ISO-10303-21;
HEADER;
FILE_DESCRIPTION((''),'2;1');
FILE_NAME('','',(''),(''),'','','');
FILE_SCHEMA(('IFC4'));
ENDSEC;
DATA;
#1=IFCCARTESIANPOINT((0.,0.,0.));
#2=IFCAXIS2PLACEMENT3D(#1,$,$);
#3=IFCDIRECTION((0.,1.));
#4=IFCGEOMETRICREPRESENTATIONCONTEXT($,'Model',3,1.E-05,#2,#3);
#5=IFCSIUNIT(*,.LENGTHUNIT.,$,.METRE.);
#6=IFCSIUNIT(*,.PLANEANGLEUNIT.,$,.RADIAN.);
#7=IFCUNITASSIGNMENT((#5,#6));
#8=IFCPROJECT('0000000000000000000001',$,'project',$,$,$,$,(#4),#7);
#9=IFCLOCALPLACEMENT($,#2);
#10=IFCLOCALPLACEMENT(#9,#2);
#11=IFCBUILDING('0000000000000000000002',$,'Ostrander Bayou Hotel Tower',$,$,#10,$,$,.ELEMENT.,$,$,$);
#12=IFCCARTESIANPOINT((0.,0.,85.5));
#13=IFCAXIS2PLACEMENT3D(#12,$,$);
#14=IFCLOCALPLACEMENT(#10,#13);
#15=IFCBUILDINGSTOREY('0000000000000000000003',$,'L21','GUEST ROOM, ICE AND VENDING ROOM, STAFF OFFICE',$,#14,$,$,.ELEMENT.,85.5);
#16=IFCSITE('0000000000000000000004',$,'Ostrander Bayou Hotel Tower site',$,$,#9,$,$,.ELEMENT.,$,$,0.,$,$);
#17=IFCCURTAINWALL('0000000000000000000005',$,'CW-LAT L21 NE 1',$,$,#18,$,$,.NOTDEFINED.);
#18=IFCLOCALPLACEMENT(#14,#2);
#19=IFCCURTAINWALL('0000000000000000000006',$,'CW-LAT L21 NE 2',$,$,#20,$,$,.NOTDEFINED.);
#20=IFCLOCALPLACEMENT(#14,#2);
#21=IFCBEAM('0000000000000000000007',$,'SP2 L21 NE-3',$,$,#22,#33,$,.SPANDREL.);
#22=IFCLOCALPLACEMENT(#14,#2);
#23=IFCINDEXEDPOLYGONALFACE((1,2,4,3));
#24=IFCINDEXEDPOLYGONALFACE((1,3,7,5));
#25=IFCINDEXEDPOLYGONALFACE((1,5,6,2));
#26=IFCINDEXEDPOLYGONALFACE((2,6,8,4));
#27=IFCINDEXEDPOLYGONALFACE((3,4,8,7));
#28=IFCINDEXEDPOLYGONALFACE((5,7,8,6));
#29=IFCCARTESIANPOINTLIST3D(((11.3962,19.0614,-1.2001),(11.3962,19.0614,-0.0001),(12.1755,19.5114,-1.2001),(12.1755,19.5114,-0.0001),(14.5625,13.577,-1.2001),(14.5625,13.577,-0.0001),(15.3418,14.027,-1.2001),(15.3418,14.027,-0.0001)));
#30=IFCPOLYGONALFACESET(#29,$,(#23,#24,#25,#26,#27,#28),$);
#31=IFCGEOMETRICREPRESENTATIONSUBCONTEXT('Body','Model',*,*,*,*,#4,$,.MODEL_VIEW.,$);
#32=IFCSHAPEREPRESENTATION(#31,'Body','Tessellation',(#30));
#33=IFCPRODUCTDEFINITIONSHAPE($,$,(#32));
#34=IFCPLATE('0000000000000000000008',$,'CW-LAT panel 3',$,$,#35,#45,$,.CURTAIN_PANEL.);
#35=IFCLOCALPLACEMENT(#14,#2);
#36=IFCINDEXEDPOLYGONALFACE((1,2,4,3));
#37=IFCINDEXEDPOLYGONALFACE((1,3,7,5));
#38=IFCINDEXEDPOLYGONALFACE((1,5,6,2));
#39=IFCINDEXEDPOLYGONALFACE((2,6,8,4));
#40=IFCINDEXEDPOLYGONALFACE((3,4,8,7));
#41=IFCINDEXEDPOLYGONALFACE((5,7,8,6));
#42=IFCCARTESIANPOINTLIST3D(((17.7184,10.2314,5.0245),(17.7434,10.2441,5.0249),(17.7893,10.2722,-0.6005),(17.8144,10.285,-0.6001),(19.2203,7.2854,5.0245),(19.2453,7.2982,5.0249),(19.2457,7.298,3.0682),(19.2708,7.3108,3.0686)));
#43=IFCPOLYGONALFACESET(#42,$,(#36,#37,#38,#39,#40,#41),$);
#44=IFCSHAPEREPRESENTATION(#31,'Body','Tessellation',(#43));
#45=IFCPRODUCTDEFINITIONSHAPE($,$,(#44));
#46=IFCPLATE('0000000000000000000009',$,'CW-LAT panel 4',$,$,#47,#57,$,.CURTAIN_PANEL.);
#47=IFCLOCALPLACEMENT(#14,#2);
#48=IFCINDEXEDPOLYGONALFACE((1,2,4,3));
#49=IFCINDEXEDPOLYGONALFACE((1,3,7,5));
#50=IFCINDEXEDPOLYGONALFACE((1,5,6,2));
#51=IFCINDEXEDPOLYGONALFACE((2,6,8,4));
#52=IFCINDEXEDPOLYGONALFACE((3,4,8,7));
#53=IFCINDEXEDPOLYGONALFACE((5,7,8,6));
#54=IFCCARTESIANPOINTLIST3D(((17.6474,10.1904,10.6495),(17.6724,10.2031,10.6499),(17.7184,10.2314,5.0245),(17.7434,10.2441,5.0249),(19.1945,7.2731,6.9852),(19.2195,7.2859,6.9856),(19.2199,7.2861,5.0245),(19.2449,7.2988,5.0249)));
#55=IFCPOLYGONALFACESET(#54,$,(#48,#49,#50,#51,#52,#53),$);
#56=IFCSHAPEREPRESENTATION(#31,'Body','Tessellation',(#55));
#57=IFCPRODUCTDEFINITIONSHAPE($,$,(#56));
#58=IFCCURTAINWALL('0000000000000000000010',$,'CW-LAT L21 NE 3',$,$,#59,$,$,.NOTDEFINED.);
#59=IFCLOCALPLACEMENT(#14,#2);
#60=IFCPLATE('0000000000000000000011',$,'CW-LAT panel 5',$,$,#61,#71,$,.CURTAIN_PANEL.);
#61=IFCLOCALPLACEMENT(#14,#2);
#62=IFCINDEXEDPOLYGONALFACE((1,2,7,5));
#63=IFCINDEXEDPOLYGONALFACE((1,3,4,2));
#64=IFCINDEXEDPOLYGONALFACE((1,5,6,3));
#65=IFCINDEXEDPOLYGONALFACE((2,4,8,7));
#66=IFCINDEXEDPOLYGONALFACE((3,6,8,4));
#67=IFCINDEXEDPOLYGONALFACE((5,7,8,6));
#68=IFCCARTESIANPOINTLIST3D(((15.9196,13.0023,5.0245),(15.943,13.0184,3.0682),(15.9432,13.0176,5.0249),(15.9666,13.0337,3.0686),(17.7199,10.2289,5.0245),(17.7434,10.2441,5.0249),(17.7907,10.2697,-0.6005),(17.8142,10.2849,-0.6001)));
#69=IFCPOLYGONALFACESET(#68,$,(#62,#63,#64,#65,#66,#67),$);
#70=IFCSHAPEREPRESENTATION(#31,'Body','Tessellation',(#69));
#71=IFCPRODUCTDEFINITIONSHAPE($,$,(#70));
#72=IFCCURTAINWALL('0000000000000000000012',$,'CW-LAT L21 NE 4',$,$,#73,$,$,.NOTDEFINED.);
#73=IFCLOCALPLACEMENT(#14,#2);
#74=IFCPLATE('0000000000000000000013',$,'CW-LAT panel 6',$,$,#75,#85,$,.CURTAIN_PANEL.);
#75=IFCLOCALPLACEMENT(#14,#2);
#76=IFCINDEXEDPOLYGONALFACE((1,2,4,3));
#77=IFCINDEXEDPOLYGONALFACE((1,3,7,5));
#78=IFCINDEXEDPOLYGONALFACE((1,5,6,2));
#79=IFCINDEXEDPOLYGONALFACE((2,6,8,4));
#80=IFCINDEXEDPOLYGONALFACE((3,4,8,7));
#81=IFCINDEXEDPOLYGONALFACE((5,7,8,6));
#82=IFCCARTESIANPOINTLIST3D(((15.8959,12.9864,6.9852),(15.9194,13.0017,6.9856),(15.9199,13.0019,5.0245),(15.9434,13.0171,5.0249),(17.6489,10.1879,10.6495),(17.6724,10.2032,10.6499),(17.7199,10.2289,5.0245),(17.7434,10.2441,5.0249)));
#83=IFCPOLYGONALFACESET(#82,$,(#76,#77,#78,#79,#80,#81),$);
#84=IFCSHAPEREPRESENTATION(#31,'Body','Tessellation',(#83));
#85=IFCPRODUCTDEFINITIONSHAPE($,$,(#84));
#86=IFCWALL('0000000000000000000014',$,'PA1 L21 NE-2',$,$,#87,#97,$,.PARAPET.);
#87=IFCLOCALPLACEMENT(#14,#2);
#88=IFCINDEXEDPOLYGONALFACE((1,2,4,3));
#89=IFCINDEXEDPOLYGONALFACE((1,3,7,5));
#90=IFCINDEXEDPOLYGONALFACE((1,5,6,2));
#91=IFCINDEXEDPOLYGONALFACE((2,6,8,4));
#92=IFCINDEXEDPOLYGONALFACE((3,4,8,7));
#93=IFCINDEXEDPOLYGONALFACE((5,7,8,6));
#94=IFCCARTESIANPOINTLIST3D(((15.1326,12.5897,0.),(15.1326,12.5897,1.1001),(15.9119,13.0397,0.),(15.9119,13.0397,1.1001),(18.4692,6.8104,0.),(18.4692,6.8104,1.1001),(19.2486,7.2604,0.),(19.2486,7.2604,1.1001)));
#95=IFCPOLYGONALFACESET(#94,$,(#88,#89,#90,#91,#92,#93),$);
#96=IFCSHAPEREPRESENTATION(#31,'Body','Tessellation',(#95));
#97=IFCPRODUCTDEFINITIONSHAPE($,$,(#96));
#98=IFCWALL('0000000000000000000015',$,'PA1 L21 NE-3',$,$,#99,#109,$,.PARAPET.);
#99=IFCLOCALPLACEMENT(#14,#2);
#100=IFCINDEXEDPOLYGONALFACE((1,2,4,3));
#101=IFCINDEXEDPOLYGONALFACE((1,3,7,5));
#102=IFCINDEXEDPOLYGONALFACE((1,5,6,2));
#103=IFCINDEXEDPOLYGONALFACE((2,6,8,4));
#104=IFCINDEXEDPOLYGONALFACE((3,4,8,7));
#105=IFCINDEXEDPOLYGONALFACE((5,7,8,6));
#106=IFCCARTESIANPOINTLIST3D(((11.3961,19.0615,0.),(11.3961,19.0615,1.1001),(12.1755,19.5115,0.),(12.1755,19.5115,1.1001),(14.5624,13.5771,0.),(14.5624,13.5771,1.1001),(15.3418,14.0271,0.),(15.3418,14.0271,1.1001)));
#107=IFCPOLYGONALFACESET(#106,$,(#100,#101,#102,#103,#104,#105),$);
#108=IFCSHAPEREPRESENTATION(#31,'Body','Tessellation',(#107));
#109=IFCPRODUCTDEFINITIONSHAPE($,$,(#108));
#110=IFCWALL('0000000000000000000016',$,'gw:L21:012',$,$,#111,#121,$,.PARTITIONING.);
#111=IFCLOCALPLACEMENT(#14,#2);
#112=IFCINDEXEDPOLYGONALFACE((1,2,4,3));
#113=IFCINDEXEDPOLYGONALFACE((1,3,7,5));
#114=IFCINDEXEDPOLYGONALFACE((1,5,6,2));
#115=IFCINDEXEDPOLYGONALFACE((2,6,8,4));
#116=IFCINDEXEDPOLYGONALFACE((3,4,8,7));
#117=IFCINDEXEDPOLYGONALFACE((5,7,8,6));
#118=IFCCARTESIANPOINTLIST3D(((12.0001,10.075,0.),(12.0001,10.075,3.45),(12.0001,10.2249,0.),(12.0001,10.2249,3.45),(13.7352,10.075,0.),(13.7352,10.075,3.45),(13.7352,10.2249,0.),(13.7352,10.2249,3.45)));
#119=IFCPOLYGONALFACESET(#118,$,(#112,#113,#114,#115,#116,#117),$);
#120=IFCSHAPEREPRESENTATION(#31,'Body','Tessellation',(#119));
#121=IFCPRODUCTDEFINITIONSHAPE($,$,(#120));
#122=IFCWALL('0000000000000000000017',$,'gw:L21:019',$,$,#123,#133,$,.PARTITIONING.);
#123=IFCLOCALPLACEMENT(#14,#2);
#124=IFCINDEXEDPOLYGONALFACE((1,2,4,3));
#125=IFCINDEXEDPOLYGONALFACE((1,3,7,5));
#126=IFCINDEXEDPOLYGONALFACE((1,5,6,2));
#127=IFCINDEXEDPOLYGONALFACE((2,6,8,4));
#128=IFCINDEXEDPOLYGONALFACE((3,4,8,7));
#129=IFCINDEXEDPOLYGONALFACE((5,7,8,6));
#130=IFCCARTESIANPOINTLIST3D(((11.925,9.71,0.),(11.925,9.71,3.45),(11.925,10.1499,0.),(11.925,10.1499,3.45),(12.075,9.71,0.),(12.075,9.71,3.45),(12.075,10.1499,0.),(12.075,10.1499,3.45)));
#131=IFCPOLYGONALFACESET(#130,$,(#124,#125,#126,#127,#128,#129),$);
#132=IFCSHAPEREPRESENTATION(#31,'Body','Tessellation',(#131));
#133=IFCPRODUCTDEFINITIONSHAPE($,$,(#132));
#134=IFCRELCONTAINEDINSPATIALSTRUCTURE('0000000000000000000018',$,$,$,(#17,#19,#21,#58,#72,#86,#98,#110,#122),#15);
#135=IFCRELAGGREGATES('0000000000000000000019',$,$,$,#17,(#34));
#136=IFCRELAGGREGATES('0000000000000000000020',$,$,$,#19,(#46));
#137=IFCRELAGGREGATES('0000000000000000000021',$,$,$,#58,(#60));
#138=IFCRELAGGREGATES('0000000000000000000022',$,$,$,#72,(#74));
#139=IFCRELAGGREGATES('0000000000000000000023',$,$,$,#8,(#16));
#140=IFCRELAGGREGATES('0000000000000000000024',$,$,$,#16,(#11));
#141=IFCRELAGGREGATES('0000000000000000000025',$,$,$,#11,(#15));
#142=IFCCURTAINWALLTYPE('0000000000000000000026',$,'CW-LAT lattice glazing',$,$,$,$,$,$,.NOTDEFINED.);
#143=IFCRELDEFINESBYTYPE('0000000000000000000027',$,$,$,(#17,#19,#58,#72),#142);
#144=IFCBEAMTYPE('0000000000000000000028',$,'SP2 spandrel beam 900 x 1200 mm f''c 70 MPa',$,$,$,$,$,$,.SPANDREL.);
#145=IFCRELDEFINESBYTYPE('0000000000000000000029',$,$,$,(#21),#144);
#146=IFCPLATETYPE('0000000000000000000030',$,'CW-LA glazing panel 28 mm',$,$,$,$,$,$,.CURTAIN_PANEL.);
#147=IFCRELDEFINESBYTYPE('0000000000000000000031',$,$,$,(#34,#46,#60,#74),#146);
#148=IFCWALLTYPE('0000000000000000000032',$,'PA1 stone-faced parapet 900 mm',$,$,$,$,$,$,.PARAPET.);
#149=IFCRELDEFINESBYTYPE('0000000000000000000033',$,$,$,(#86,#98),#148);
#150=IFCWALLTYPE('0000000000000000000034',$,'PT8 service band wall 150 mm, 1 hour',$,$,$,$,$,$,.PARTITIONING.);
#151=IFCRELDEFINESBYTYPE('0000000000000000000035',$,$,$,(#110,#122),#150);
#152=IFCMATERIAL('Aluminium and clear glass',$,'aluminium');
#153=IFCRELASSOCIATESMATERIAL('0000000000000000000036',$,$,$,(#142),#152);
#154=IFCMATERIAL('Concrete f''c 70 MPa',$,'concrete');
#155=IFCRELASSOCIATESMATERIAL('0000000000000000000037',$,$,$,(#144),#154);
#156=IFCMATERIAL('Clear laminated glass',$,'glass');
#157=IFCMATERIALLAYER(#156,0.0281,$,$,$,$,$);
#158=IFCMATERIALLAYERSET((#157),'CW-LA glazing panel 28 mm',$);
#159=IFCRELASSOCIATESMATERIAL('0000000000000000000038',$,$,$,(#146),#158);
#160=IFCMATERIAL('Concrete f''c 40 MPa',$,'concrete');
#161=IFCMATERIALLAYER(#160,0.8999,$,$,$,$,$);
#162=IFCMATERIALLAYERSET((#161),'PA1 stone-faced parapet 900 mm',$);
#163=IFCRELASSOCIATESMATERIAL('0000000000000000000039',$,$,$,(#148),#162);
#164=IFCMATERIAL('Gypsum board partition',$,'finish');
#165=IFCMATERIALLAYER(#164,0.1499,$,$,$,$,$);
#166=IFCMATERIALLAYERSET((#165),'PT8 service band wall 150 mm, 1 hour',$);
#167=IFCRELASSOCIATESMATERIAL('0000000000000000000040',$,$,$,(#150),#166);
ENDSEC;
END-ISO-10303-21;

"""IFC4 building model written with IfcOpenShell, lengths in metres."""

from ifc_helpers import new_model, si_unit, direction, frame, frame_2d, origin, origin_2d, place, context, subcontext, project, spatial, polyline, rectangle, outline, extrude, material, layer, layer_set, material_profile, profile_set, type_object, element, aggregate, save


model = new_model("IFC4")

# Units and contexts
model_context = context("Model", 3, precision=1e-05, world=origin(), true_north=direction((0.0, 1.0)))
body_context = subcontext(model_context, "Body", "Model", "MODEL_VIEW")
ifc_project = project(units=[si_unit("LENGTHUNIT", "METRE"), si_unit("PLANEANGLEUNIT", "RADIAN")], contexts=[model_context])

# Site, building, storey
site_placement = place(None, origin())
site = spatial("IfcSite", under=ifc_project, at=site_placement, Name="Ostrander Bayou Hotel Tower site", CompositionType="ELEMENT", RefElevation=0.0)
building_placement = place(site_placement, origin())
building = spatial("IfcBuilding", under=site, at=building_placement, Name="Ostrander Bayou Hotel Tower", CompositionType="ELEMENT")
storey_placement = place(building_placement, frame((0.0, 0.0, 85.5)))
storey = spatial("IfcBuildingStorey", under=building, at=storey_placement, Name="L21", Description="GUEST ROOM, ICE AND VENDING ROOM, STAFF OFFICE", CompositionType="ELEMENT", Elevation=85.5)

# Curtain walls
ifc_material_1 = material(Name="Aluminium and clear glass", Category="aluminium")
curtain_wall_type = type_object("IfcCurtainWallType", Name="CW-LAT lattice glazing", PredefinedType="NOTDEFINED", material=ifc_material_1)
curtain_wall_1_placement = place(storey_placement, origin())
curtain_wall_1 = element("IfcCurtainWall", 1, at=curtain_wall_1_placement, inside=storey, type_object=curtain_wall_type, Name="CW-LAT L21 NE 1", PredefinedType="NOTDEFINED")
curtain_wall_2_placement = place(storey_placement, origin())
curtain_wall_2 = element("IfcCurtainWall", 2, at=curtain_wall_2_placement, inside=storey, type_object=curtain_wall_type, Name="CW-LAT L21 NE 2", PredefinedType="NOTDEFINED")

# Beam
ifc_material_2 = material(Name="Concrete f'c 70 MPa", Category="concrete")
ifc_material_profile_1 = material_profile(ifc_material_2, rectangle(XDim=0.8999, YDim=1.2, at=origin_2d()))
ifc_profile_set_1 = profile_set([ifc_material_profile_1], Name="Concrete f'c 70 MPa")
beam_type_1 = type_object("IfcBeamType", Name="SP2 spandrel beam 900 x 1200 mm f'c 70 MPa", PredefinedType="SPANDREL", material=ifc_profile_set_1)
beam_1_placement = place(storey_placement, frame((14.9521, 13.802, -0.6001), z_axis=(-0.499983, 0.866035, 0.0), x_axis=(-0.866035, -0.499983, 0.0)))
element("IfcBeam", 3, at=beam_1_placement, inside=storey, type_object=beam_type_1, Name="SP2 L21 NE-3", PredefinedType="SPANDREL", context=body_context, shape_type="SweptSolid", body=[
    extrude(rectangle(XDim=0.8999, YDim=1.2, at=origin_2d()), origin(), (0.0, 0.0, 1.0), 6.3328),
])

# Plates
ifc_material_3 = material(Name="Clear laminated glass", Category="glass")
ifc_layer_1 = layer(ifc_material_3, 0.0281)
ifc_layer_set_1 = layer_set([ifc_layer_1], Name="CW-LA glazing panel 28 mm")
plate_type = type_object("IfcPlateType", Name="CW-LA glazing panel 28 mm", PredefinedType="CURTAIN_PANEL", material=ifc_layer_set_1)
plate_1_placement = place(storey_placement, frame((19.2708, 7.3108, 3.0686), z_axis=(0.890813, 0.454138, 0.014534), x_axis=(-0.29468, 0.601785, -0.742307)))
plate_1 = element("IfcPlate", 4, at=plate_1_placement, type_object=plate_type, Name="CW-LAT panel 3", PredefinedType="CURTAIN_PANEL", context=body_context, shape_type="SweptSolid", body=[
    extrude(outline(polyline([(0.0, 0.0), (4.9423, 0.0), (0.7631, 3.7659), (-1.4523, 1.3111), (0.0, 0.0)])), origin(), (0.0, 0.0, -1.0), 0.0281),
])
aggregate(curtain_wall_1, [plate_1])
plate_2_placement = place(storey_placement, frame((19.2195, 7.2859, 6.9856), z_axis=(0.890814, 0.454135, 0.014555), x_axis=(-0.313641, 0.591418, 0.742869)))
plate_2 = element("IfcPlate", 5, at=plate_2_placement, type_object=plate_type, Name="CW-LAT panel 4", PredefinedType="CURTAIN_PANEL", context=body_context, shape_type="SweptSolid", body=[
    extrude(outline(polyline([(0.0, 0.0), (4.9326, 0.0), (0.756, -3.7687), (-1.4568, -1.3125), (0.0, 0.0)])), origin(), (0.0, 0.0, -1.0), 0.0281),
])
aggregate(curtain_wall_2, [plate_2])

# Curtain walls, plates
curtain_wall_3_placement = place(storey_placement, origin())
curtain_wall_3 = element("IfcCurtainWall", 6, at=curtain_wall_3_placement, inside=storey, type_object=curtain_wall_type, Name="CW-LAT L21 NE 3", PredefinedType="NOTDEFINED")
plate_3_placement = place(storey_placement, frame((15.9666, 13.0337, 3.0686), z_axis=(0.8387, 0.544401, 0.01451), x_axis=(0.373832, -0.556139, -0.742266)))
plate_3 = element("IfcPlate", 7, at=plate_3_placement, type_object=plate_type, Name="CW-LAT panel 5", PredefinedType="CURTAIN_PANEL", context=body_context, shape_type="SweptSolid", body=[
    extrude(outline(polyline([(0.0, 0.0), (4.9426, 0.0), (0.7635, -3.766), (-1.4519, -1.3115), (0.0, 0.0)])), origin(), (0.0, 0.0, -1.0), 0.0281),
])
aggregate(curtain_wall_3, [plate_3])
curtain_wall_4_placement = place(storey_placement, origin())
curtain_wall_4 = element("IfcCurtainWall", 8, at=curtain_wall_4_placement, inside=storey, type_object=curtain_wall_type, Name="CW-LAT L21 NE 4", PredefinedType="NOTDEFINED")
plate_4_placement = place(storey_placement, frame((15.9194, 13.0017, 6.9856), z_axis=(0.838696, 0.544406, 0.014548), x_axis=(0.35538, -0.567339, 0.742854)))
plate_4 = element("IfcPlate", 9, at=plate_4_placement, type_object=plate_type, Name="CW-LAT panel 6", PredefinedType="CURTAIN_PANEL", context=body_context, shape_type="SweptSolid", body=[
    extrude(outline(polyline([(0.0, 0.0), (4.9327, 0.0), (0.7562, 3.7688), (-1.4567, 1.3127), (0.0, 0.0)])), origin(), (0.0, 0.0, -1.0), 0.0281),
])
aggregate(curtain_wall_4, [plate_4])

# Walls
ifc_material_4 = material(Name="Concrete f'c 40 MPa", Category="concrete")
ifc_layer_2 = layer(ifc_material_4, 0.8999)
ifc_layer_set_2 = layer_set([ifc_layer_2], Name="PA1 stone-faced parapet 900 mm")
wall_type_1 = type_object("IfcWallType", Name="PA1 stone-faced parapet 900 mm", PredefinedType="PARAPET", material=ifc_layer_set_2)
wall_1_placement = place(storey_placement, frame((18.8589, 7.0354, 0.0), z_axis=(0.0, 0.0, 1.0), x_axis=(-0.499999, 0.866026, 0.0)))
element("IfcWall", 10, at=wall_1_placement, inside=storey, type_object=wall_type_1, Name="PA1 L21 NE-2", PredefinedType="PARAPET", context=body_context, shape_type="SweptSolid", body=[
    extrude(rectangle(XDim=6.6733, YDim=0.8999, at=frame_2d((3.3367, 0.0))), origin(), (0.0, 0.0, 1.0), 1.1001),
])
wall_2_placement = place(storey_placement, frame((14.9521, 13.802, 0.0), z_axis=(0.0, 0.0, 1.0), x_axis=(-0.499983, 0.866035, 0.0)))
element("IfcWall", 11, at=wall_2_placement, inside=storey, type_object=wall_type_1, Name="PA1 L21 NE-3", PredefinedType="PARAPET", context=body_context, shape_type="SweptSolid", body=[
    extrude(rectangle(XDim=6.3328, YDim=0.8999, at=frame_2d((3.1665, 0.0))), origin(), (0.0, 0.0, 1.0), 1.1001),
])
ifc_material_5 = material(Name="Gypsum board partition", Category="finish")
ifc_layer_3 = layer(ifc_material_5, 0.1499)
ifc_layer_set_3 = layer_set([ifc_layer_3], Name="PT8 service band wall 150 mm, 1 hour")
wall_type_2 = type_object("IfcWallType", Name="PT8 service band wall 150 mm, 1 hour", PredefinedType="PARTITIONING", material=ifc_layer_set_3)
wall_3_placement = place(storey_placement, frame((12.0, 10.1499, 0.0), z_axis=(0.0, 0.0, 1.0), x_axis=(1.0, 0.0, 0.0)))
element("IfcWall", 12, at=wall_3_placement, inside=storey, type_object=wall_type_2, Name="gw:L21:012", PredefinedType="PARTITIONING", context=body_context, shape_type="SweptSolid", body=[
    extrude(rectangle(XDim=1.7351, YDim=0.1499, at=frame_2d((0.8677, 0.0))), origin(), (0.0, 0.0, 1.0), 3.45),
])
wall_4_placement = place(storey_placement, frame((12.0, 9.71, 0.0), z_axis=(0.0, 0.0, 1.0), x_axis=(0.0, 1.0, 0.0)))
element("IfcWall", 13, at=wall_4_placement, inside=storey, type_object=wall_type_2, Name="gw:L21:019", PredefinedType="PARTITIONING", context=body_context, shape_type="SweptSolid", body=[
    extrude(rectangle(XDim=0.4399, YDim=0.1499, at=frame_2d((0.22, 0.0))), origin(), (0.0, 0.0, 1.0), 3.45),
])

save(model, "model.ifc")
